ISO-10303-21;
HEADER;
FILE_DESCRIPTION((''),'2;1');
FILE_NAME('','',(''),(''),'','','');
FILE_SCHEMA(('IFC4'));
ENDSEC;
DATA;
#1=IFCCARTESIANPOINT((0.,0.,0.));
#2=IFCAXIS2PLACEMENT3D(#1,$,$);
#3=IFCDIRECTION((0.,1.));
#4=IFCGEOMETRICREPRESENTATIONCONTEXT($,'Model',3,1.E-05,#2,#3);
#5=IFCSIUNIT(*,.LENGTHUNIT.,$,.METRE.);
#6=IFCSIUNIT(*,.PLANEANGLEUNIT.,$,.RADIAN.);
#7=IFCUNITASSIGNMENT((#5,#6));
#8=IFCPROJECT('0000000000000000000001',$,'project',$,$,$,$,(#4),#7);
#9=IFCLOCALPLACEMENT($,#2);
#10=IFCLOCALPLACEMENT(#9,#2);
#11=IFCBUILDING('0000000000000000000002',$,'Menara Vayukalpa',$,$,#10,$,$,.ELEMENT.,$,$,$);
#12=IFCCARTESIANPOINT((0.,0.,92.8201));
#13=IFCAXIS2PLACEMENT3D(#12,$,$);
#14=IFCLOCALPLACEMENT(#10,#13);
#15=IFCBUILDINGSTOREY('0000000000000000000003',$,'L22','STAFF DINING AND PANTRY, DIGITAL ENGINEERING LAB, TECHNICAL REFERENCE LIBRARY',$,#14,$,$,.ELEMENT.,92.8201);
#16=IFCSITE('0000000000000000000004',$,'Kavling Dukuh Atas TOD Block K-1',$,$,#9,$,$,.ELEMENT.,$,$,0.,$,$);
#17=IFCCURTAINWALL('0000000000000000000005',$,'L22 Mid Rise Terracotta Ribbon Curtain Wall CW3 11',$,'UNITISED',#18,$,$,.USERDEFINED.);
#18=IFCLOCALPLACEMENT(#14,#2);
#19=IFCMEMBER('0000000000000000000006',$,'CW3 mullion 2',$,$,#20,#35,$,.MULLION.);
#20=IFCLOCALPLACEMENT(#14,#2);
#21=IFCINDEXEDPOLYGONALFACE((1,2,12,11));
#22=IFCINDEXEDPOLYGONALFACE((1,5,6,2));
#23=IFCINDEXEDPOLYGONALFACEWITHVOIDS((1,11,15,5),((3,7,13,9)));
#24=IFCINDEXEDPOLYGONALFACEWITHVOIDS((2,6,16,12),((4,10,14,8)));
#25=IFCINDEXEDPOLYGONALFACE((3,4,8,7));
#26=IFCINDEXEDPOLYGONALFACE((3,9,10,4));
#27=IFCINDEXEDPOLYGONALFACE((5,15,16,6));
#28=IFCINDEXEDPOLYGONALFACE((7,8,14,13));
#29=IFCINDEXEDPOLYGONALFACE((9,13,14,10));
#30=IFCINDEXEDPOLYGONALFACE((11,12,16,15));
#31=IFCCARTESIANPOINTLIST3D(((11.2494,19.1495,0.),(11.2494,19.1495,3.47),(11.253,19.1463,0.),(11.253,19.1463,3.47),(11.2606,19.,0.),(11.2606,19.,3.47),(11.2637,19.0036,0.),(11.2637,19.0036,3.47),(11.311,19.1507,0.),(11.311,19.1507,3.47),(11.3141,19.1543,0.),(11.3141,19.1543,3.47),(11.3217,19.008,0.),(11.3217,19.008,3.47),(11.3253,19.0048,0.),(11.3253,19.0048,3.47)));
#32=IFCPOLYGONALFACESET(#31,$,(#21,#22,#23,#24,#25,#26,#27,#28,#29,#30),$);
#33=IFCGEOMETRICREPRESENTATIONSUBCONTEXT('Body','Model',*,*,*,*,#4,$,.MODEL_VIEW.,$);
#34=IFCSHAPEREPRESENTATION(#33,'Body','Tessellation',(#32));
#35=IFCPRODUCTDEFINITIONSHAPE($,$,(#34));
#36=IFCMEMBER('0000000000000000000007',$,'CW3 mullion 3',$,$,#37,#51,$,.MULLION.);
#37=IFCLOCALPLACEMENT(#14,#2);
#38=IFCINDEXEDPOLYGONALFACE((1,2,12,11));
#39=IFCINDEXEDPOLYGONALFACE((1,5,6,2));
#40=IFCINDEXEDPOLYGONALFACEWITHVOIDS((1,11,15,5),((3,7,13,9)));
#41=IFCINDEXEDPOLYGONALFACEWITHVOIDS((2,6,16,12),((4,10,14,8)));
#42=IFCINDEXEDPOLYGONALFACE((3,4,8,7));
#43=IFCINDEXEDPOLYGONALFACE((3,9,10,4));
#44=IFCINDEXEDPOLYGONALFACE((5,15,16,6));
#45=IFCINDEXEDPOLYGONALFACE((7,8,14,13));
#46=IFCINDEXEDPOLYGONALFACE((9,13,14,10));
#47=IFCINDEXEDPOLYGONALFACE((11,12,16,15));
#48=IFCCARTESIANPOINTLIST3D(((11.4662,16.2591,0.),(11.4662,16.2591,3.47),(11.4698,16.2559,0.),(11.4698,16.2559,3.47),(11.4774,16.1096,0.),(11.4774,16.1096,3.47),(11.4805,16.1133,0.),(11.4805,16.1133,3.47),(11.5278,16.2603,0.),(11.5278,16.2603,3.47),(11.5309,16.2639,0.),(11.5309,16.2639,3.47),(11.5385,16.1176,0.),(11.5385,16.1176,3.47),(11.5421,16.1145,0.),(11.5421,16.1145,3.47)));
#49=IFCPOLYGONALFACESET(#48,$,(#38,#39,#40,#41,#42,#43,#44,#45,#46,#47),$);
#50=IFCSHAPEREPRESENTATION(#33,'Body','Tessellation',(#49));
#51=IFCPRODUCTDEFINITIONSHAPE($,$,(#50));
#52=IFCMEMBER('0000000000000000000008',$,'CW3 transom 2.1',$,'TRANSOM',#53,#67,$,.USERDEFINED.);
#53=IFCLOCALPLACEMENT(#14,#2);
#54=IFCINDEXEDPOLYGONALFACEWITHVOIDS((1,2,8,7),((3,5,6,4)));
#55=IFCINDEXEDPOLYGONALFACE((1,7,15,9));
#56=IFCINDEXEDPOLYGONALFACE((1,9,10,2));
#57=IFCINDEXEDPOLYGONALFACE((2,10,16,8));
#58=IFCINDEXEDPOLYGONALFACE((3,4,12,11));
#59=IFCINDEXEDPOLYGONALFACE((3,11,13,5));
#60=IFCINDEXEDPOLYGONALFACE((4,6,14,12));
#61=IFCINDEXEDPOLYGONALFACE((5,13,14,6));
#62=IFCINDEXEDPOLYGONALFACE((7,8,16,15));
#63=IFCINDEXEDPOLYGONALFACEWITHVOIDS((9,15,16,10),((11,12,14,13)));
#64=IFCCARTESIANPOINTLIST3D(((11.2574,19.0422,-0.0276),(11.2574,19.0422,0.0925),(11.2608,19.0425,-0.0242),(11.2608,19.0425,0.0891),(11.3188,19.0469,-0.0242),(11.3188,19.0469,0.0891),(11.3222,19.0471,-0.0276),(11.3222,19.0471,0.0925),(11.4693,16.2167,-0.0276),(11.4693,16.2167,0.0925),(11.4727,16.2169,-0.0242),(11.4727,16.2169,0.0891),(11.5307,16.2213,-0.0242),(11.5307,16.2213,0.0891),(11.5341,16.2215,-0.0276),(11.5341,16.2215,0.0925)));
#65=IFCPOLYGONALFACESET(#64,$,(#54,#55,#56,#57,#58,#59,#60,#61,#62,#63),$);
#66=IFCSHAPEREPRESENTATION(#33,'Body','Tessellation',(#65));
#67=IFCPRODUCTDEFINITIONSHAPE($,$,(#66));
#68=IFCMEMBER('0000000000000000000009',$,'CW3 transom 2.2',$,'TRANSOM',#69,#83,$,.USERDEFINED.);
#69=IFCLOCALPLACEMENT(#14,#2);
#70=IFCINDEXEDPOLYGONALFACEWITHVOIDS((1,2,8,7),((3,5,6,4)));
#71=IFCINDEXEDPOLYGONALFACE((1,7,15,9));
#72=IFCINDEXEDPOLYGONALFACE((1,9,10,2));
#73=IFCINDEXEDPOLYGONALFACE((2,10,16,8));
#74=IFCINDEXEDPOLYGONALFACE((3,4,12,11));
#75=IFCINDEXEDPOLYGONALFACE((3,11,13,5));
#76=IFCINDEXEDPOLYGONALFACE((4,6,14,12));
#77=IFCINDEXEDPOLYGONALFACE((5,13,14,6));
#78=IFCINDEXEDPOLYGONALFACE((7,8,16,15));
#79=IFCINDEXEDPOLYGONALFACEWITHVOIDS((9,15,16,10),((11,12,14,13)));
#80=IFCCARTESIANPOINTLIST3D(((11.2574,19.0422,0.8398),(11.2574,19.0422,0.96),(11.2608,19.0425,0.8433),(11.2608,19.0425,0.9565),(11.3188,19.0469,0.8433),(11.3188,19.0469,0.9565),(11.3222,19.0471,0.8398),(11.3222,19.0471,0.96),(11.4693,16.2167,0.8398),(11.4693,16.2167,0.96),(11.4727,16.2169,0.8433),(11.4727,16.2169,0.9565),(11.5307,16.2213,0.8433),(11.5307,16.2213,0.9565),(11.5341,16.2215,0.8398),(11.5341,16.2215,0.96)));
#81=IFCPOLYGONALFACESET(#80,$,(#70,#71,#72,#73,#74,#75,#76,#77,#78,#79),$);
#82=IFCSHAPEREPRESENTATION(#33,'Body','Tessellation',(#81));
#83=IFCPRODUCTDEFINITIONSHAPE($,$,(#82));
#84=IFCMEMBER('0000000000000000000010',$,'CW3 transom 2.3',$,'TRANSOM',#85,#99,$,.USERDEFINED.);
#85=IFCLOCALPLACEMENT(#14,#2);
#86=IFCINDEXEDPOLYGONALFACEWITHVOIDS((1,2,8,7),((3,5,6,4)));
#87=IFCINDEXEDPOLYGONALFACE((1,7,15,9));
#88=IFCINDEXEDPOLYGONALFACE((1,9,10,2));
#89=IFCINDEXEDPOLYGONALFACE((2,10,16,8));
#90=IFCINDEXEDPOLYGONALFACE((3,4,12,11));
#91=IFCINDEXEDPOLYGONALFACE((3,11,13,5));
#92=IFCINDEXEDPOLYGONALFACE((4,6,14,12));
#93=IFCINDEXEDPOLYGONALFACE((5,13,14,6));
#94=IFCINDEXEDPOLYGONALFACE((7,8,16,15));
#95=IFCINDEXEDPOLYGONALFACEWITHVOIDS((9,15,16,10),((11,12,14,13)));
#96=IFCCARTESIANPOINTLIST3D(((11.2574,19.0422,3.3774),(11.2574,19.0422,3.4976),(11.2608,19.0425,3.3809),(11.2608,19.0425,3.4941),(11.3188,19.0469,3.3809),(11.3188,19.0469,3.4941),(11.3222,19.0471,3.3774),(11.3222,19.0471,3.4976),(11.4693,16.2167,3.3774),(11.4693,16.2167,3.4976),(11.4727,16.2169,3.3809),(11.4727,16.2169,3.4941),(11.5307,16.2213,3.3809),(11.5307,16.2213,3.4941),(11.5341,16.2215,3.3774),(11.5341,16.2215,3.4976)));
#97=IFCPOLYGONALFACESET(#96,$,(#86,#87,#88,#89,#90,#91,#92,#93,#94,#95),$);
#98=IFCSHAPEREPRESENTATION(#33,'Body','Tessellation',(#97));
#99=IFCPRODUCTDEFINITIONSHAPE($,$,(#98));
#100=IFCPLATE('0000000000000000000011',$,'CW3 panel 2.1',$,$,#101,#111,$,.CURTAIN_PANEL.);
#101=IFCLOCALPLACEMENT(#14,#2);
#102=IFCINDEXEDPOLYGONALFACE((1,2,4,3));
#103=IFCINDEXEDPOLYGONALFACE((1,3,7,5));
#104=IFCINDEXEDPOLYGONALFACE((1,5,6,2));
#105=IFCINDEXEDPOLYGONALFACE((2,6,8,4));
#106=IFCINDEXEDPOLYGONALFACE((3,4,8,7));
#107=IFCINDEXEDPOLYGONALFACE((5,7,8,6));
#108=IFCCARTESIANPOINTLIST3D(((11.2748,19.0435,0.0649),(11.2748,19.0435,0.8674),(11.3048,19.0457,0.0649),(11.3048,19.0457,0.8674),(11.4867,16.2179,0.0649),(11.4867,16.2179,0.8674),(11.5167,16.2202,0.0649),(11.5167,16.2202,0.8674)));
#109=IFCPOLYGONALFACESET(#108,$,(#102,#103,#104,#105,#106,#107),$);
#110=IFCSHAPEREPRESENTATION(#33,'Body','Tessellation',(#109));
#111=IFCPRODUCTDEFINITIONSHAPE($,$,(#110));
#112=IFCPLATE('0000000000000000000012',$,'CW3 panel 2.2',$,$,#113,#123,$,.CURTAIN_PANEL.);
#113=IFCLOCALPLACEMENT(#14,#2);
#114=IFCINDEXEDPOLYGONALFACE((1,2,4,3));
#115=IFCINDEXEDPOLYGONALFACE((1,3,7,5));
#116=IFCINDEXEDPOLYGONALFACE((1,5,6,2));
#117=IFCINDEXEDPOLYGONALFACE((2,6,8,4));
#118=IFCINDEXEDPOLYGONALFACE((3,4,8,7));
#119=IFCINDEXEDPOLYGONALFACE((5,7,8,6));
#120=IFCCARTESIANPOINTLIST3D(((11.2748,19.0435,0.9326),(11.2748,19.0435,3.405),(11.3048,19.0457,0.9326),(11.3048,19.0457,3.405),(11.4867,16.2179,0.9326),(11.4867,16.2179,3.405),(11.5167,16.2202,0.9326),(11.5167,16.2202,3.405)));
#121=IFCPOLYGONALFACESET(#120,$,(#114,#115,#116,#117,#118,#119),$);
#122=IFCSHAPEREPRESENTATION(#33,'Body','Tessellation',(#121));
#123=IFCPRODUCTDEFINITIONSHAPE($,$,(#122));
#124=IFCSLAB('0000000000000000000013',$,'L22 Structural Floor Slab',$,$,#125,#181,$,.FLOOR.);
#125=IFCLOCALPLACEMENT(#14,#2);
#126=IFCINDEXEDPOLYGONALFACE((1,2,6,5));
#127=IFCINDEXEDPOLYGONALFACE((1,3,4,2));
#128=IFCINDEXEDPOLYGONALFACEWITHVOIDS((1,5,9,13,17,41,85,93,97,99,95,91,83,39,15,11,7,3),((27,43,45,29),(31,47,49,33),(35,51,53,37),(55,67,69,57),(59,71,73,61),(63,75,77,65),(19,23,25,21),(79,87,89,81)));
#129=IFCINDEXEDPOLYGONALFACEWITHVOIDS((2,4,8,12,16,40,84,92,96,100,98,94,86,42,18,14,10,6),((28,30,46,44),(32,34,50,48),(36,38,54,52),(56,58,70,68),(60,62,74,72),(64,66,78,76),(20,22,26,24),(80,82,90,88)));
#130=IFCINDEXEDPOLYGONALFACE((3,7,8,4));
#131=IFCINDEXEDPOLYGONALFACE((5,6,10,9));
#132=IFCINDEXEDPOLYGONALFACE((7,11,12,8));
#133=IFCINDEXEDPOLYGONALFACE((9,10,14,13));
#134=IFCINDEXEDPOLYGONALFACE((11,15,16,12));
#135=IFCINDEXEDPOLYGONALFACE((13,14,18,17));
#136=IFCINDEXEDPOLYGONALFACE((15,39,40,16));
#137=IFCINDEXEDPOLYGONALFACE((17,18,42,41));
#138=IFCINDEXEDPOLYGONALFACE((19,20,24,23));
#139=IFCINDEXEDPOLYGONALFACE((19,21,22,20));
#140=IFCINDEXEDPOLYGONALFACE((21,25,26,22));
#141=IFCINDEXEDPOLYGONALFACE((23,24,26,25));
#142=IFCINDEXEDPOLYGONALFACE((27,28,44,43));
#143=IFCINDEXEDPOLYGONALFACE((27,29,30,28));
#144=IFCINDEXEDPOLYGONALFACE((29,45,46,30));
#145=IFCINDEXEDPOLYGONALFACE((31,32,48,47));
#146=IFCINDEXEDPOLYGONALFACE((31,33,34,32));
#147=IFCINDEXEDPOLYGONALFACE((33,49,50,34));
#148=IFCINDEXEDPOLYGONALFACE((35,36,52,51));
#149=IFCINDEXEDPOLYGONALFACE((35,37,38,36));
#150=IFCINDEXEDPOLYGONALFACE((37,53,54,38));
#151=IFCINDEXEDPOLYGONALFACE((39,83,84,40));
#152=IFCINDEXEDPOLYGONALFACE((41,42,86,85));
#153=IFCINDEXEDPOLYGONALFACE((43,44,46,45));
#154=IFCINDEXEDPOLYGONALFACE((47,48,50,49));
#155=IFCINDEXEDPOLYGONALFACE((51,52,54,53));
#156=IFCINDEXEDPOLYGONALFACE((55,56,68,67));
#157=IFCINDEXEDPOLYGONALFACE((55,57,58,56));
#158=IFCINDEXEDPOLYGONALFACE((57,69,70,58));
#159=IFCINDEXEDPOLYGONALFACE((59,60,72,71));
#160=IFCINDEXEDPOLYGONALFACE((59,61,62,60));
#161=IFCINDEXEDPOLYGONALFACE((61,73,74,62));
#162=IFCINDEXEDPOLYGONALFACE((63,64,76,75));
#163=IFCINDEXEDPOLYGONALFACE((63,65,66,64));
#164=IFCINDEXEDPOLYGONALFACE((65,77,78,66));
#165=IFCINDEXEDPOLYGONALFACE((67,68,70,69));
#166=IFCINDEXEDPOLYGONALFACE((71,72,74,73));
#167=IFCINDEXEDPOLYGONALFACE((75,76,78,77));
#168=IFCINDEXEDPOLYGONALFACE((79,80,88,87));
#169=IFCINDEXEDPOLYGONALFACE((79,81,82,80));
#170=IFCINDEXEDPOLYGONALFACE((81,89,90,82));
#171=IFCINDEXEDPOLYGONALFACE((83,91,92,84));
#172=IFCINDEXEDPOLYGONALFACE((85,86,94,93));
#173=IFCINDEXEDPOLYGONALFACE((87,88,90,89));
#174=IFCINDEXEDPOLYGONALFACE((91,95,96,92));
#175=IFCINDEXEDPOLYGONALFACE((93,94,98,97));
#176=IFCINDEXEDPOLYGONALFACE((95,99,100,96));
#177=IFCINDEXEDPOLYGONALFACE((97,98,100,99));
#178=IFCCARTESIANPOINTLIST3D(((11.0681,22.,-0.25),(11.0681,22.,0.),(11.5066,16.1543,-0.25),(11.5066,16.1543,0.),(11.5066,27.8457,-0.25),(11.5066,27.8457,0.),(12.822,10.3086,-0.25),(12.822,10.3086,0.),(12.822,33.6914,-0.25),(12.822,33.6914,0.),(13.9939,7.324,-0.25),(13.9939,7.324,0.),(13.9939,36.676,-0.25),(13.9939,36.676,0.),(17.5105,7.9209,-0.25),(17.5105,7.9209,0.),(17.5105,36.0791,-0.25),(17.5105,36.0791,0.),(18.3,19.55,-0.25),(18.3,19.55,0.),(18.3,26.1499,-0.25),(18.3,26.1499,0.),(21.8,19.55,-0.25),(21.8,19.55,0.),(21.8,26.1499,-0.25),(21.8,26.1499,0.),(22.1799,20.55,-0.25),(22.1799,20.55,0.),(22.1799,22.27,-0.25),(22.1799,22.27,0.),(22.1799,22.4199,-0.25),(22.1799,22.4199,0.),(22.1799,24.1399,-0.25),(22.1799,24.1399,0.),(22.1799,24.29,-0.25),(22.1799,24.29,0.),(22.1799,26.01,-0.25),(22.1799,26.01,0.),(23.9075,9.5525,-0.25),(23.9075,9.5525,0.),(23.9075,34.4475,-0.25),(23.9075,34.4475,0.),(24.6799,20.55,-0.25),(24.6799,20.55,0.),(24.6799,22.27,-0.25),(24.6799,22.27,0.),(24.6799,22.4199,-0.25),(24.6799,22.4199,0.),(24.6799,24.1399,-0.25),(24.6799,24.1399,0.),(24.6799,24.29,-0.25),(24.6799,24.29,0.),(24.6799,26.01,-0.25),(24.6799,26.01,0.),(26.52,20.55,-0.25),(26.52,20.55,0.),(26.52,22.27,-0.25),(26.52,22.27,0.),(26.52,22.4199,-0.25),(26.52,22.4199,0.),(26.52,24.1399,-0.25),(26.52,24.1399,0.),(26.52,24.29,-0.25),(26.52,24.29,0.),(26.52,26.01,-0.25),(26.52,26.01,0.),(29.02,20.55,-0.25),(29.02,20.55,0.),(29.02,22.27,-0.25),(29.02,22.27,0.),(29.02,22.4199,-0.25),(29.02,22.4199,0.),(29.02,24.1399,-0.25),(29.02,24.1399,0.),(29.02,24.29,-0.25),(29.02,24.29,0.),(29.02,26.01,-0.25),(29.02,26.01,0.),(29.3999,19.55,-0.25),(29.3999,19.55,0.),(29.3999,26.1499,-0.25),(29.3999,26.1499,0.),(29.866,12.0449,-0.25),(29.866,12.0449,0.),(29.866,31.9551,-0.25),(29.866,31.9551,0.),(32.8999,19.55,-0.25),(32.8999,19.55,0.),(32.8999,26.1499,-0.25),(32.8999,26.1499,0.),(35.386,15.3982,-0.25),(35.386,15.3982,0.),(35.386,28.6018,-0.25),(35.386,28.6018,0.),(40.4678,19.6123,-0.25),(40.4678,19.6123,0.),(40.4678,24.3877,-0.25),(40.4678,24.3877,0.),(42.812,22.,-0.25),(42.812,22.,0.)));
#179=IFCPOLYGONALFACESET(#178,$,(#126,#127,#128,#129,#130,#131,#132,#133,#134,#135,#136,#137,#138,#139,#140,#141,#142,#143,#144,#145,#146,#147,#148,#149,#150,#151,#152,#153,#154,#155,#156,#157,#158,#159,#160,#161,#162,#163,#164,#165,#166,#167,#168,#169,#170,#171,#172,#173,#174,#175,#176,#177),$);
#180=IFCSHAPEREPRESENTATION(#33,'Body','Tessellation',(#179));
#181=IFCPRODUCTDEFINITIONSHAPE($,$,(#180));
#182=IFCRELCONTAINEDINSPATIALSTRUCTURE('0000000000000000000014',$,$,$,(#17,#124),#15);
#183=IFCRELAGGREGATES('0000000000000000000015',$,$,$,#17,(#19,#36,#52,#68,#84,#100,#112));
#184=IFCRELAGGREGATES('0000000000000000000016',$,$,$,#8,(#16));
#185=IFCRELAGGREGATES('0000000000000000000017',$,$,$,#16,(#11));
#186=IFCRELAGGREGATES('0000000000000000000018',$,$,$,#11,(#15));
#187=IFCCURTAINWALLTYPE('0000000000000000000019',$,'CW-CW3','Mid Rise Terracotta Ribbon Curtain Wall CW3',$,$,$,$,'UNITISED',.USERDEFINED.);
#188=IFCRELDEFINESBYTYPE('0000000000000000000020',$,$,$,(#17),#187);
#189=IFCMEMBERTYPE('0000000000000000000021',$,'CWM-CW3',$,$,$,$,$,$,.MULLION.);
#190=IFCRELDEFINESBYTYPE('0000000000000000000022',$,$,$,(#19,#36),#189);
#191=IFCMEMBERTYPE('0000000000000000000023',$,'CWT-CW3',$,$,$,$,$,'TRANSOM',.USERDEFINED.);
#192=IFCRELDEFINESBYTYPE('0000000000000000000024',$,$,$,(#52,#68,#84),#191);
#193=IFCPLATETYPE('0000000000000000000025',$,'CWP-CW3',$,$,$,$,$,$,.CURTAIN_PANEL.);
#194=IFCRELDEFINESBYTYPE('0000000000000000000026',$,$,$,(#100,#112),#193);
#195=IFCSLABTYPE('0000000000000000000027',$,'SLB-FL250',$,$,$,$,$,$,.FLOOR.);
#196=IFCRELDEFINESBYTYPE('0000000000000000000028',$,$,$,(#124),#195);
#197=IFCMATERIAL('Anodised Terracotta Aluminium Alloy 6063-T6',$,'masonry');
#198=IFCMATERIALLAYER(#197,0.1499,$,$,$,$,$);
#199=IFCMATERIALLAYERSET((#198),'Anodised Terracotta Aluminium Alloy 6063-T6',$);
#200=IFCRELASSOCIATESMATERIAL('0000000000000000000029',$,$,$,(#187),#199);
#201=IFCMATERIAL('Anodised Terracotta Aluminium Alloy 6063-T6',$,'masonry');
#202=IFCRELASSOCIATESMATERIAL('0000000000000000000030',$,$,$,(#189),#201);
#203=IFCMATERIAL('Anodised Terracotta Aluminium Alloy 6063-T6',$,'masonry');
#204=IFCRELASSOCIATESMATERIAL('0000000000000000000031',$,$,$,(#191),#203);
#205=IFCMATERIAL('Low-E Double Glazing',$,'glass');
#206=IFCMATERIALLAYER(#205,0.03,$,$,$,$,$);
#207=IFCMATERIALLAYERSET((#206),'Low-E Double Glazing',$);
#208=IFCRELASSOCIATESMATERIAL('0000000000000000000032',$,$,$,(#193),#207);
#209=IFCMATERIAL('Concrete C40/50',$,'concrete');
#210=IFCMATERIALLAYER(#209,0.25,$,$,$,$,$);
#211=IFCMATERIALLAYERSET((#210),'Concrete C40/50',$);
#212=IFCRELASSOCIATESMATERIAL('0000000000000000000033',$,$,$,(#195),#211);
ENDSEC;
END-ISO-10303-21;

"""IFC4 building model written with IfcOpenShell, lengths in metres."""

from ifc_helpers import new_model, si_unit, direction, frame, origin, origin_2d, place, context, subcontext, project, spatial, polyline, rectangle, hollow_rectangle, outline, extrude, material, layer, layer_set, material_profile, profile_set, type_object, element, aggregate, save


model = new_model("IFC4")

# Units and contexts
model_context = context("Model", 3, precision=1e-05, world=origin(), true_north=direction((0.0, 1.0)))
body_context = subcontext(model_context, "Body", "Model", "MODEL_VIEW")
ifc_project = project(units=[si_unit("LENGTHUNIT", "METRE"), si_unit("PLANEANGLEUNIT", "RADIAN")], contexts=[model_context])

# Site, building, storey
site_placement = place(None, origin())
site = spatial("IfcSite", under=ifc_project, at=site_placement, Name="Kavling Dukuh Atas TOD Block K-1", CompositionType="ELEMENT", RefElevation=0.0)
building_placement = place(site_placement, origin())
building = spatial("IfcBuilding", under=site, at=building_placement, Name="Menara Vayukalpa", CompositionType="ELEMENT")
storey_placement = place(building_placement, frame((0.0, 0.0, 92.8201)))
storey = spatial("IfcBuildingStorey", under=building, at=storey_placement, Name="L22", Description="STAFF DINING AND PANTRY, DIGITAL ENGINEERING LAB, TECHNICAL REFERENCE LIBRARY", CompositionType="ELEMENT", Elevation=92.8201)

# Curtain wall, members, plates
ifc_material_1 = material(Name="Anodised Terracotta Aluminium Alloy 6063-T6", Category="masonry")
ifc_layer_1 = layer(ifc_material_1, 0.1499)
ifc_layer_set_1 = layer_set([ifc_layer_1], Name="Anodised Terracotta Aluminium Alloy 6063-T6")
curtain_wall_type = type_object("IfcCurtainWallType", Name="CW-CW3", Description="Mid Rise Terracotta Ribbon Curtain Wall CW3", ElementType="UNITISED", PredefinedType="USERDEFINED", material=ifc_layer_set_1)
curtain_wall_placement = place(storey_placement, origin())
curtain_wall = element("IfcCurtainWall", 1, at=curtain_wall_placement, inside=storey, type_object=curtain_wall_type, Name="L22 Mid Rise Terracotta Ribbon Curtain Wall CW3 11", ObjectType="UNITISED", PredefinedType="USERDEFINED")
ifc_material_2 = material(Name="Anodised Terracotta Aluminium Alloy 6063-T6", Category="masonry")
ifc_material_profile_1 = material_profile(ifc_material_2, hollow_rectangle(XDim=0.0649, YDim=0.1499, WallThickness=0.0034, at=origin_2d()), Name="ALU 65x150x3.5")
ifc_profile_set_1 = profile_set([ifc_material_profile_1], Name="Anodised Terracotta Aluminium Alloy 6063-T6")
member_type_1 = type_object("IfcMemberType", Name="CWM-CW3", PredefinedType="MULLION", material=ifc_profile_set_1)
member_1_placement = place(storey_placement, frame((11.2874, 19.0771, 0.0), z_axis=(0.0, 0.0, 1.0), x_axis=(0.9972, 0.074785, 0.0)))
member_1 = element("IfcMember", 2, at=member_1_placement, type_object=member_type_1, Name="CW3 mullion 2", PredefinedType="MULLION", context=body_context, shape_type="SweptSolid", body=[
    extrude(hollow_rectangle(XDim=0.0649, YDim=0.1499, WallThickness=0.0034, at=origin_2d()), origin(), (0.0, 0.0, 1.0), 3.47),
])
member_2_placement = place(storey_placement, frame((11.5042, 16.1868, 0.0), z_axis=(0.0, 0.0, 1.0), x_axis=(0.9972, 0.074785, 0.0)))
member_2 = element("IfcMember", 3, at=member_2_placement, type_object=member_type_1, Name="CW3 mullion 3", PredefinedType="MULLION", context=body_context, shape_type="SweptSolid", body=[
    extrude(hollow_rectangle(XDim=0.0649, YDim=0.1499, WallThickness=0.0034, at=origin_2d()), origin(), (0.0, 0.0, 1.0), 3.47),
])
ifc_material_3 = material(Name="Anodised Terracotta Aluminium Alloy 6063-T6", Category="masonry")
ifc_material_profile_2 = material_profile(ifc_material_3, hollow_rectangle(XDim=0.0649, YDim=0.1201, WallThickness=0.0034, at=origin_2d()), Name="ALU 65x120x3.5")
ifc_profile_set_2 = profile_set([ifc_material_profile_2], Name="Anodised Terracotta Aluminium Alloy 6063-T6")
member_type_2 = type_object("IfcMemberType", Name="CWT-CW3", ElementType="TRANSOM", PredefinedType="USERDEFINED", material=ifc_profile_set_2)
member_3_placement = place(storey_placement, frame((11.2898, 19.0447, 0.0325), z_axis=(0.074792, -0.997199, 0.0), x_axis=(0.997199, 0.074792, 0.0)))
member_3 = element("IfcMember", 4, at=member_3_placement, type_object=member_type_2, Name="CW3 transom 2.1", ObjectType="TRANSOM", PredefinedType="USERDEFINED", context=body_context, shape_type="SweptSolid", body=[
    extrude(hollow_rectangle(XDim=0.0649, YDim=0.1201, WallThickness=0.0034, at=origin_2d()), origin(), (0.0, 0.0, 1.0), 2.8335),
])
member_4_placement = place(storey_placement, frame((11.2898, 19.0447, 0.8999), z_axis=(0.074792, -0.997199, 0.0), x_axis=(0.997199, 0.074792, 0.0)))
member_4 = element("IfcMember", 5, at=member_4_placement, type_object=member_type_2, Name="CW3 transom 2.2", ObjectType="TRANSOM", PredefinedType="USERDEFINED", context=body_context, shape_type="SweptSolid", body=[
    extrude(hollow_rectangle(XDim=0.0649, YDim=0.1201, WallThickness=0.0034, at=origin_2d()), origin(), (0.0, 0.0, 1.0), 2.8335),
])
member_5_placement = place(storey_placement, frame((11.2898, 19.0447, 3.4375), z_axis=(0.074792, -0.997199, 0.0), x_axis=(0.997199, 0.074792, 0.0)))
member_5 = element("IfcMember", 6, at=member_5_placement, type_object=member_type_2, Name="CW3 transom 2.3", ObjectType="TRANSOM", PredefinedType="USERDEFINED", context=body_context, shape_type="SweptSolid", body=[
    extrude(hollow_rectangle(XDim=0.0649, YDim=0.1201, WallThickness=0.0034, at=origin_2d()), origin(), (0.0, 0.0, 1.0), 2.8335),
])
ifc_material_4 = material(Name="Low-E Double Glazing", Category="glass")
ifc_layer_2 = layer(ifc_material_4, 0.03)
ifc_layer_set_2 = layer_set([ifc_layer_2], Name="Low-E Double Glazing")
plate_type = type_object("IfcPlateType", Name="CWP-CW3", PredefinedType="CURTAIN_PANEL", material=ifc_layer_set_2)
plate_1_placement = place(storey_placement, frame((11.3958, 17.6318, 0.0649), z_axis=(0.0, 0.0, 1.0), x_axis=(0.074785, -0.9972, 0.0)))
plate_1 = element("IfcPlate", 7, at=plate_1_placement, type_object=plate_type, Name="CW3 panel 2.1", PredefinedType="CURTAIN_PANEL", context=body_context, shape_type="SweptSolid", body=[
    extrude(rectangle(XDim=2.8335, YDim=0.03, at=origin_2d()), origin(), (0.0, 0.0, 1.0), 0.8025),
])
plate_2_placement = place(storey_placement, frame((11.3958, 17.6318, 0.9326), z_axis=(0.0, 0.0, 1.0), x_axis=(0.074785, -0.9972, 0.0)))
plate_2 = element("IfcPlate", 8, at=plate_2_placement, type_object=plate_type, Name="CW3 panel 2.2", PredefinedType="CURTAIN_PANEL", context=body_context, shape_type="SweptSolid", body=[
    extrude(rectangle(XDim=2.8335, YDim=0.03, at=origin_2d()), origin(), (0.0, 0.0, 1.0), 2.4724),
])
aggregate(curtain_wall, [member_1, member_2, member_3, member_4, member_5, plate_1, plate_2])

# Slab
ifc_material_5 = material(Name="Concrete C40/50", Category="concrete")
ifc_layer_3 = layer(ifc_material_5, 0.25)
ifc_layer_set_3 = layer_set([ifc_layer_3], Name="Concrete C40/50")
slab_type_1 = type_object("IfcSlabType", Name="SLB-FL250", PredefinedType="FLOOR", material=ifc_layer_set_3)
slab_1_placement = place(storey_placement, frame((0.0, 0.0, -0.25)))
element("IfcSlab", 9, at=slab_1_placement, inside=storey, type_object=slab_type_1, Name="L22 Structural Floor Slab", PredefinedType="FLOOR", context=body_context, shape_type="SweptSolid", body=[
    extrude(outline(polyline([(40.4678, 19.6123), (42.812, 22.0), (40.4678, 24.3877), (35.386, 28.6018), (29.866, 31.9551), (23.9075, 34.4475), (17.5105, 36.0791), (13.9939, 36.676), (12.822, 33.6914), (11.5066, 27.8457), (11.0681, 22.0), (11.5066, 16.1543), (12.822, 10.3086), (13.9939, 7.324), (17.5105, 7.9209), (23.9075, 9.5525), (29.866, 12.0449), (35.386, 15.3982), (40.4678, 19.6123)]), holes=[polyline([(21.8, 19.55), (21.8, 26.1499), (18.3, 26.1499), (18.3, 19.55), (21.8, 19.55)]), polyline([(32.8999, 19.55), (32.8999, 26.1499), (29.3999, 26.1499), (29.3999, 19.55), (32.8999, 19.55)]), polyline([(22.1799, 20.55), (24.6799, 20.55), (24.6799, 22.27), (22.1799, 22.27), (22.1799, 20.55)]), polyline([(26.52, 20.55), (29.02, 20.55), (29.02, 22.27), (26.52, 22.27), (26.52, 20.55)]), polyline([(22.1799, 22.4199), (24.6799, 22.4199), (24.6799, 24.1399), (22.1799, 24.1399), (22.1799, 22.4199)]), polyline([(22.1799, 24.29), (24.6799, 24.29), (24.6799, 26.01), (22.1799, 26.01), (22.1799, 24.29)]), polyline([(26.52, 24.29), (29.02, 24.29), (29.02, 26.01), (26.52, 26.01), (26.52, 24.29)]), polyline([(26.52, 22.4199), (29.02, 22.4199), (29.02, 24.1399), (26.52, 24.1399), (26.52, 22.4199)])]), origin(), (0.0, 0.0, 1.0), 0.25),
])

save(model, "model.ifc")
